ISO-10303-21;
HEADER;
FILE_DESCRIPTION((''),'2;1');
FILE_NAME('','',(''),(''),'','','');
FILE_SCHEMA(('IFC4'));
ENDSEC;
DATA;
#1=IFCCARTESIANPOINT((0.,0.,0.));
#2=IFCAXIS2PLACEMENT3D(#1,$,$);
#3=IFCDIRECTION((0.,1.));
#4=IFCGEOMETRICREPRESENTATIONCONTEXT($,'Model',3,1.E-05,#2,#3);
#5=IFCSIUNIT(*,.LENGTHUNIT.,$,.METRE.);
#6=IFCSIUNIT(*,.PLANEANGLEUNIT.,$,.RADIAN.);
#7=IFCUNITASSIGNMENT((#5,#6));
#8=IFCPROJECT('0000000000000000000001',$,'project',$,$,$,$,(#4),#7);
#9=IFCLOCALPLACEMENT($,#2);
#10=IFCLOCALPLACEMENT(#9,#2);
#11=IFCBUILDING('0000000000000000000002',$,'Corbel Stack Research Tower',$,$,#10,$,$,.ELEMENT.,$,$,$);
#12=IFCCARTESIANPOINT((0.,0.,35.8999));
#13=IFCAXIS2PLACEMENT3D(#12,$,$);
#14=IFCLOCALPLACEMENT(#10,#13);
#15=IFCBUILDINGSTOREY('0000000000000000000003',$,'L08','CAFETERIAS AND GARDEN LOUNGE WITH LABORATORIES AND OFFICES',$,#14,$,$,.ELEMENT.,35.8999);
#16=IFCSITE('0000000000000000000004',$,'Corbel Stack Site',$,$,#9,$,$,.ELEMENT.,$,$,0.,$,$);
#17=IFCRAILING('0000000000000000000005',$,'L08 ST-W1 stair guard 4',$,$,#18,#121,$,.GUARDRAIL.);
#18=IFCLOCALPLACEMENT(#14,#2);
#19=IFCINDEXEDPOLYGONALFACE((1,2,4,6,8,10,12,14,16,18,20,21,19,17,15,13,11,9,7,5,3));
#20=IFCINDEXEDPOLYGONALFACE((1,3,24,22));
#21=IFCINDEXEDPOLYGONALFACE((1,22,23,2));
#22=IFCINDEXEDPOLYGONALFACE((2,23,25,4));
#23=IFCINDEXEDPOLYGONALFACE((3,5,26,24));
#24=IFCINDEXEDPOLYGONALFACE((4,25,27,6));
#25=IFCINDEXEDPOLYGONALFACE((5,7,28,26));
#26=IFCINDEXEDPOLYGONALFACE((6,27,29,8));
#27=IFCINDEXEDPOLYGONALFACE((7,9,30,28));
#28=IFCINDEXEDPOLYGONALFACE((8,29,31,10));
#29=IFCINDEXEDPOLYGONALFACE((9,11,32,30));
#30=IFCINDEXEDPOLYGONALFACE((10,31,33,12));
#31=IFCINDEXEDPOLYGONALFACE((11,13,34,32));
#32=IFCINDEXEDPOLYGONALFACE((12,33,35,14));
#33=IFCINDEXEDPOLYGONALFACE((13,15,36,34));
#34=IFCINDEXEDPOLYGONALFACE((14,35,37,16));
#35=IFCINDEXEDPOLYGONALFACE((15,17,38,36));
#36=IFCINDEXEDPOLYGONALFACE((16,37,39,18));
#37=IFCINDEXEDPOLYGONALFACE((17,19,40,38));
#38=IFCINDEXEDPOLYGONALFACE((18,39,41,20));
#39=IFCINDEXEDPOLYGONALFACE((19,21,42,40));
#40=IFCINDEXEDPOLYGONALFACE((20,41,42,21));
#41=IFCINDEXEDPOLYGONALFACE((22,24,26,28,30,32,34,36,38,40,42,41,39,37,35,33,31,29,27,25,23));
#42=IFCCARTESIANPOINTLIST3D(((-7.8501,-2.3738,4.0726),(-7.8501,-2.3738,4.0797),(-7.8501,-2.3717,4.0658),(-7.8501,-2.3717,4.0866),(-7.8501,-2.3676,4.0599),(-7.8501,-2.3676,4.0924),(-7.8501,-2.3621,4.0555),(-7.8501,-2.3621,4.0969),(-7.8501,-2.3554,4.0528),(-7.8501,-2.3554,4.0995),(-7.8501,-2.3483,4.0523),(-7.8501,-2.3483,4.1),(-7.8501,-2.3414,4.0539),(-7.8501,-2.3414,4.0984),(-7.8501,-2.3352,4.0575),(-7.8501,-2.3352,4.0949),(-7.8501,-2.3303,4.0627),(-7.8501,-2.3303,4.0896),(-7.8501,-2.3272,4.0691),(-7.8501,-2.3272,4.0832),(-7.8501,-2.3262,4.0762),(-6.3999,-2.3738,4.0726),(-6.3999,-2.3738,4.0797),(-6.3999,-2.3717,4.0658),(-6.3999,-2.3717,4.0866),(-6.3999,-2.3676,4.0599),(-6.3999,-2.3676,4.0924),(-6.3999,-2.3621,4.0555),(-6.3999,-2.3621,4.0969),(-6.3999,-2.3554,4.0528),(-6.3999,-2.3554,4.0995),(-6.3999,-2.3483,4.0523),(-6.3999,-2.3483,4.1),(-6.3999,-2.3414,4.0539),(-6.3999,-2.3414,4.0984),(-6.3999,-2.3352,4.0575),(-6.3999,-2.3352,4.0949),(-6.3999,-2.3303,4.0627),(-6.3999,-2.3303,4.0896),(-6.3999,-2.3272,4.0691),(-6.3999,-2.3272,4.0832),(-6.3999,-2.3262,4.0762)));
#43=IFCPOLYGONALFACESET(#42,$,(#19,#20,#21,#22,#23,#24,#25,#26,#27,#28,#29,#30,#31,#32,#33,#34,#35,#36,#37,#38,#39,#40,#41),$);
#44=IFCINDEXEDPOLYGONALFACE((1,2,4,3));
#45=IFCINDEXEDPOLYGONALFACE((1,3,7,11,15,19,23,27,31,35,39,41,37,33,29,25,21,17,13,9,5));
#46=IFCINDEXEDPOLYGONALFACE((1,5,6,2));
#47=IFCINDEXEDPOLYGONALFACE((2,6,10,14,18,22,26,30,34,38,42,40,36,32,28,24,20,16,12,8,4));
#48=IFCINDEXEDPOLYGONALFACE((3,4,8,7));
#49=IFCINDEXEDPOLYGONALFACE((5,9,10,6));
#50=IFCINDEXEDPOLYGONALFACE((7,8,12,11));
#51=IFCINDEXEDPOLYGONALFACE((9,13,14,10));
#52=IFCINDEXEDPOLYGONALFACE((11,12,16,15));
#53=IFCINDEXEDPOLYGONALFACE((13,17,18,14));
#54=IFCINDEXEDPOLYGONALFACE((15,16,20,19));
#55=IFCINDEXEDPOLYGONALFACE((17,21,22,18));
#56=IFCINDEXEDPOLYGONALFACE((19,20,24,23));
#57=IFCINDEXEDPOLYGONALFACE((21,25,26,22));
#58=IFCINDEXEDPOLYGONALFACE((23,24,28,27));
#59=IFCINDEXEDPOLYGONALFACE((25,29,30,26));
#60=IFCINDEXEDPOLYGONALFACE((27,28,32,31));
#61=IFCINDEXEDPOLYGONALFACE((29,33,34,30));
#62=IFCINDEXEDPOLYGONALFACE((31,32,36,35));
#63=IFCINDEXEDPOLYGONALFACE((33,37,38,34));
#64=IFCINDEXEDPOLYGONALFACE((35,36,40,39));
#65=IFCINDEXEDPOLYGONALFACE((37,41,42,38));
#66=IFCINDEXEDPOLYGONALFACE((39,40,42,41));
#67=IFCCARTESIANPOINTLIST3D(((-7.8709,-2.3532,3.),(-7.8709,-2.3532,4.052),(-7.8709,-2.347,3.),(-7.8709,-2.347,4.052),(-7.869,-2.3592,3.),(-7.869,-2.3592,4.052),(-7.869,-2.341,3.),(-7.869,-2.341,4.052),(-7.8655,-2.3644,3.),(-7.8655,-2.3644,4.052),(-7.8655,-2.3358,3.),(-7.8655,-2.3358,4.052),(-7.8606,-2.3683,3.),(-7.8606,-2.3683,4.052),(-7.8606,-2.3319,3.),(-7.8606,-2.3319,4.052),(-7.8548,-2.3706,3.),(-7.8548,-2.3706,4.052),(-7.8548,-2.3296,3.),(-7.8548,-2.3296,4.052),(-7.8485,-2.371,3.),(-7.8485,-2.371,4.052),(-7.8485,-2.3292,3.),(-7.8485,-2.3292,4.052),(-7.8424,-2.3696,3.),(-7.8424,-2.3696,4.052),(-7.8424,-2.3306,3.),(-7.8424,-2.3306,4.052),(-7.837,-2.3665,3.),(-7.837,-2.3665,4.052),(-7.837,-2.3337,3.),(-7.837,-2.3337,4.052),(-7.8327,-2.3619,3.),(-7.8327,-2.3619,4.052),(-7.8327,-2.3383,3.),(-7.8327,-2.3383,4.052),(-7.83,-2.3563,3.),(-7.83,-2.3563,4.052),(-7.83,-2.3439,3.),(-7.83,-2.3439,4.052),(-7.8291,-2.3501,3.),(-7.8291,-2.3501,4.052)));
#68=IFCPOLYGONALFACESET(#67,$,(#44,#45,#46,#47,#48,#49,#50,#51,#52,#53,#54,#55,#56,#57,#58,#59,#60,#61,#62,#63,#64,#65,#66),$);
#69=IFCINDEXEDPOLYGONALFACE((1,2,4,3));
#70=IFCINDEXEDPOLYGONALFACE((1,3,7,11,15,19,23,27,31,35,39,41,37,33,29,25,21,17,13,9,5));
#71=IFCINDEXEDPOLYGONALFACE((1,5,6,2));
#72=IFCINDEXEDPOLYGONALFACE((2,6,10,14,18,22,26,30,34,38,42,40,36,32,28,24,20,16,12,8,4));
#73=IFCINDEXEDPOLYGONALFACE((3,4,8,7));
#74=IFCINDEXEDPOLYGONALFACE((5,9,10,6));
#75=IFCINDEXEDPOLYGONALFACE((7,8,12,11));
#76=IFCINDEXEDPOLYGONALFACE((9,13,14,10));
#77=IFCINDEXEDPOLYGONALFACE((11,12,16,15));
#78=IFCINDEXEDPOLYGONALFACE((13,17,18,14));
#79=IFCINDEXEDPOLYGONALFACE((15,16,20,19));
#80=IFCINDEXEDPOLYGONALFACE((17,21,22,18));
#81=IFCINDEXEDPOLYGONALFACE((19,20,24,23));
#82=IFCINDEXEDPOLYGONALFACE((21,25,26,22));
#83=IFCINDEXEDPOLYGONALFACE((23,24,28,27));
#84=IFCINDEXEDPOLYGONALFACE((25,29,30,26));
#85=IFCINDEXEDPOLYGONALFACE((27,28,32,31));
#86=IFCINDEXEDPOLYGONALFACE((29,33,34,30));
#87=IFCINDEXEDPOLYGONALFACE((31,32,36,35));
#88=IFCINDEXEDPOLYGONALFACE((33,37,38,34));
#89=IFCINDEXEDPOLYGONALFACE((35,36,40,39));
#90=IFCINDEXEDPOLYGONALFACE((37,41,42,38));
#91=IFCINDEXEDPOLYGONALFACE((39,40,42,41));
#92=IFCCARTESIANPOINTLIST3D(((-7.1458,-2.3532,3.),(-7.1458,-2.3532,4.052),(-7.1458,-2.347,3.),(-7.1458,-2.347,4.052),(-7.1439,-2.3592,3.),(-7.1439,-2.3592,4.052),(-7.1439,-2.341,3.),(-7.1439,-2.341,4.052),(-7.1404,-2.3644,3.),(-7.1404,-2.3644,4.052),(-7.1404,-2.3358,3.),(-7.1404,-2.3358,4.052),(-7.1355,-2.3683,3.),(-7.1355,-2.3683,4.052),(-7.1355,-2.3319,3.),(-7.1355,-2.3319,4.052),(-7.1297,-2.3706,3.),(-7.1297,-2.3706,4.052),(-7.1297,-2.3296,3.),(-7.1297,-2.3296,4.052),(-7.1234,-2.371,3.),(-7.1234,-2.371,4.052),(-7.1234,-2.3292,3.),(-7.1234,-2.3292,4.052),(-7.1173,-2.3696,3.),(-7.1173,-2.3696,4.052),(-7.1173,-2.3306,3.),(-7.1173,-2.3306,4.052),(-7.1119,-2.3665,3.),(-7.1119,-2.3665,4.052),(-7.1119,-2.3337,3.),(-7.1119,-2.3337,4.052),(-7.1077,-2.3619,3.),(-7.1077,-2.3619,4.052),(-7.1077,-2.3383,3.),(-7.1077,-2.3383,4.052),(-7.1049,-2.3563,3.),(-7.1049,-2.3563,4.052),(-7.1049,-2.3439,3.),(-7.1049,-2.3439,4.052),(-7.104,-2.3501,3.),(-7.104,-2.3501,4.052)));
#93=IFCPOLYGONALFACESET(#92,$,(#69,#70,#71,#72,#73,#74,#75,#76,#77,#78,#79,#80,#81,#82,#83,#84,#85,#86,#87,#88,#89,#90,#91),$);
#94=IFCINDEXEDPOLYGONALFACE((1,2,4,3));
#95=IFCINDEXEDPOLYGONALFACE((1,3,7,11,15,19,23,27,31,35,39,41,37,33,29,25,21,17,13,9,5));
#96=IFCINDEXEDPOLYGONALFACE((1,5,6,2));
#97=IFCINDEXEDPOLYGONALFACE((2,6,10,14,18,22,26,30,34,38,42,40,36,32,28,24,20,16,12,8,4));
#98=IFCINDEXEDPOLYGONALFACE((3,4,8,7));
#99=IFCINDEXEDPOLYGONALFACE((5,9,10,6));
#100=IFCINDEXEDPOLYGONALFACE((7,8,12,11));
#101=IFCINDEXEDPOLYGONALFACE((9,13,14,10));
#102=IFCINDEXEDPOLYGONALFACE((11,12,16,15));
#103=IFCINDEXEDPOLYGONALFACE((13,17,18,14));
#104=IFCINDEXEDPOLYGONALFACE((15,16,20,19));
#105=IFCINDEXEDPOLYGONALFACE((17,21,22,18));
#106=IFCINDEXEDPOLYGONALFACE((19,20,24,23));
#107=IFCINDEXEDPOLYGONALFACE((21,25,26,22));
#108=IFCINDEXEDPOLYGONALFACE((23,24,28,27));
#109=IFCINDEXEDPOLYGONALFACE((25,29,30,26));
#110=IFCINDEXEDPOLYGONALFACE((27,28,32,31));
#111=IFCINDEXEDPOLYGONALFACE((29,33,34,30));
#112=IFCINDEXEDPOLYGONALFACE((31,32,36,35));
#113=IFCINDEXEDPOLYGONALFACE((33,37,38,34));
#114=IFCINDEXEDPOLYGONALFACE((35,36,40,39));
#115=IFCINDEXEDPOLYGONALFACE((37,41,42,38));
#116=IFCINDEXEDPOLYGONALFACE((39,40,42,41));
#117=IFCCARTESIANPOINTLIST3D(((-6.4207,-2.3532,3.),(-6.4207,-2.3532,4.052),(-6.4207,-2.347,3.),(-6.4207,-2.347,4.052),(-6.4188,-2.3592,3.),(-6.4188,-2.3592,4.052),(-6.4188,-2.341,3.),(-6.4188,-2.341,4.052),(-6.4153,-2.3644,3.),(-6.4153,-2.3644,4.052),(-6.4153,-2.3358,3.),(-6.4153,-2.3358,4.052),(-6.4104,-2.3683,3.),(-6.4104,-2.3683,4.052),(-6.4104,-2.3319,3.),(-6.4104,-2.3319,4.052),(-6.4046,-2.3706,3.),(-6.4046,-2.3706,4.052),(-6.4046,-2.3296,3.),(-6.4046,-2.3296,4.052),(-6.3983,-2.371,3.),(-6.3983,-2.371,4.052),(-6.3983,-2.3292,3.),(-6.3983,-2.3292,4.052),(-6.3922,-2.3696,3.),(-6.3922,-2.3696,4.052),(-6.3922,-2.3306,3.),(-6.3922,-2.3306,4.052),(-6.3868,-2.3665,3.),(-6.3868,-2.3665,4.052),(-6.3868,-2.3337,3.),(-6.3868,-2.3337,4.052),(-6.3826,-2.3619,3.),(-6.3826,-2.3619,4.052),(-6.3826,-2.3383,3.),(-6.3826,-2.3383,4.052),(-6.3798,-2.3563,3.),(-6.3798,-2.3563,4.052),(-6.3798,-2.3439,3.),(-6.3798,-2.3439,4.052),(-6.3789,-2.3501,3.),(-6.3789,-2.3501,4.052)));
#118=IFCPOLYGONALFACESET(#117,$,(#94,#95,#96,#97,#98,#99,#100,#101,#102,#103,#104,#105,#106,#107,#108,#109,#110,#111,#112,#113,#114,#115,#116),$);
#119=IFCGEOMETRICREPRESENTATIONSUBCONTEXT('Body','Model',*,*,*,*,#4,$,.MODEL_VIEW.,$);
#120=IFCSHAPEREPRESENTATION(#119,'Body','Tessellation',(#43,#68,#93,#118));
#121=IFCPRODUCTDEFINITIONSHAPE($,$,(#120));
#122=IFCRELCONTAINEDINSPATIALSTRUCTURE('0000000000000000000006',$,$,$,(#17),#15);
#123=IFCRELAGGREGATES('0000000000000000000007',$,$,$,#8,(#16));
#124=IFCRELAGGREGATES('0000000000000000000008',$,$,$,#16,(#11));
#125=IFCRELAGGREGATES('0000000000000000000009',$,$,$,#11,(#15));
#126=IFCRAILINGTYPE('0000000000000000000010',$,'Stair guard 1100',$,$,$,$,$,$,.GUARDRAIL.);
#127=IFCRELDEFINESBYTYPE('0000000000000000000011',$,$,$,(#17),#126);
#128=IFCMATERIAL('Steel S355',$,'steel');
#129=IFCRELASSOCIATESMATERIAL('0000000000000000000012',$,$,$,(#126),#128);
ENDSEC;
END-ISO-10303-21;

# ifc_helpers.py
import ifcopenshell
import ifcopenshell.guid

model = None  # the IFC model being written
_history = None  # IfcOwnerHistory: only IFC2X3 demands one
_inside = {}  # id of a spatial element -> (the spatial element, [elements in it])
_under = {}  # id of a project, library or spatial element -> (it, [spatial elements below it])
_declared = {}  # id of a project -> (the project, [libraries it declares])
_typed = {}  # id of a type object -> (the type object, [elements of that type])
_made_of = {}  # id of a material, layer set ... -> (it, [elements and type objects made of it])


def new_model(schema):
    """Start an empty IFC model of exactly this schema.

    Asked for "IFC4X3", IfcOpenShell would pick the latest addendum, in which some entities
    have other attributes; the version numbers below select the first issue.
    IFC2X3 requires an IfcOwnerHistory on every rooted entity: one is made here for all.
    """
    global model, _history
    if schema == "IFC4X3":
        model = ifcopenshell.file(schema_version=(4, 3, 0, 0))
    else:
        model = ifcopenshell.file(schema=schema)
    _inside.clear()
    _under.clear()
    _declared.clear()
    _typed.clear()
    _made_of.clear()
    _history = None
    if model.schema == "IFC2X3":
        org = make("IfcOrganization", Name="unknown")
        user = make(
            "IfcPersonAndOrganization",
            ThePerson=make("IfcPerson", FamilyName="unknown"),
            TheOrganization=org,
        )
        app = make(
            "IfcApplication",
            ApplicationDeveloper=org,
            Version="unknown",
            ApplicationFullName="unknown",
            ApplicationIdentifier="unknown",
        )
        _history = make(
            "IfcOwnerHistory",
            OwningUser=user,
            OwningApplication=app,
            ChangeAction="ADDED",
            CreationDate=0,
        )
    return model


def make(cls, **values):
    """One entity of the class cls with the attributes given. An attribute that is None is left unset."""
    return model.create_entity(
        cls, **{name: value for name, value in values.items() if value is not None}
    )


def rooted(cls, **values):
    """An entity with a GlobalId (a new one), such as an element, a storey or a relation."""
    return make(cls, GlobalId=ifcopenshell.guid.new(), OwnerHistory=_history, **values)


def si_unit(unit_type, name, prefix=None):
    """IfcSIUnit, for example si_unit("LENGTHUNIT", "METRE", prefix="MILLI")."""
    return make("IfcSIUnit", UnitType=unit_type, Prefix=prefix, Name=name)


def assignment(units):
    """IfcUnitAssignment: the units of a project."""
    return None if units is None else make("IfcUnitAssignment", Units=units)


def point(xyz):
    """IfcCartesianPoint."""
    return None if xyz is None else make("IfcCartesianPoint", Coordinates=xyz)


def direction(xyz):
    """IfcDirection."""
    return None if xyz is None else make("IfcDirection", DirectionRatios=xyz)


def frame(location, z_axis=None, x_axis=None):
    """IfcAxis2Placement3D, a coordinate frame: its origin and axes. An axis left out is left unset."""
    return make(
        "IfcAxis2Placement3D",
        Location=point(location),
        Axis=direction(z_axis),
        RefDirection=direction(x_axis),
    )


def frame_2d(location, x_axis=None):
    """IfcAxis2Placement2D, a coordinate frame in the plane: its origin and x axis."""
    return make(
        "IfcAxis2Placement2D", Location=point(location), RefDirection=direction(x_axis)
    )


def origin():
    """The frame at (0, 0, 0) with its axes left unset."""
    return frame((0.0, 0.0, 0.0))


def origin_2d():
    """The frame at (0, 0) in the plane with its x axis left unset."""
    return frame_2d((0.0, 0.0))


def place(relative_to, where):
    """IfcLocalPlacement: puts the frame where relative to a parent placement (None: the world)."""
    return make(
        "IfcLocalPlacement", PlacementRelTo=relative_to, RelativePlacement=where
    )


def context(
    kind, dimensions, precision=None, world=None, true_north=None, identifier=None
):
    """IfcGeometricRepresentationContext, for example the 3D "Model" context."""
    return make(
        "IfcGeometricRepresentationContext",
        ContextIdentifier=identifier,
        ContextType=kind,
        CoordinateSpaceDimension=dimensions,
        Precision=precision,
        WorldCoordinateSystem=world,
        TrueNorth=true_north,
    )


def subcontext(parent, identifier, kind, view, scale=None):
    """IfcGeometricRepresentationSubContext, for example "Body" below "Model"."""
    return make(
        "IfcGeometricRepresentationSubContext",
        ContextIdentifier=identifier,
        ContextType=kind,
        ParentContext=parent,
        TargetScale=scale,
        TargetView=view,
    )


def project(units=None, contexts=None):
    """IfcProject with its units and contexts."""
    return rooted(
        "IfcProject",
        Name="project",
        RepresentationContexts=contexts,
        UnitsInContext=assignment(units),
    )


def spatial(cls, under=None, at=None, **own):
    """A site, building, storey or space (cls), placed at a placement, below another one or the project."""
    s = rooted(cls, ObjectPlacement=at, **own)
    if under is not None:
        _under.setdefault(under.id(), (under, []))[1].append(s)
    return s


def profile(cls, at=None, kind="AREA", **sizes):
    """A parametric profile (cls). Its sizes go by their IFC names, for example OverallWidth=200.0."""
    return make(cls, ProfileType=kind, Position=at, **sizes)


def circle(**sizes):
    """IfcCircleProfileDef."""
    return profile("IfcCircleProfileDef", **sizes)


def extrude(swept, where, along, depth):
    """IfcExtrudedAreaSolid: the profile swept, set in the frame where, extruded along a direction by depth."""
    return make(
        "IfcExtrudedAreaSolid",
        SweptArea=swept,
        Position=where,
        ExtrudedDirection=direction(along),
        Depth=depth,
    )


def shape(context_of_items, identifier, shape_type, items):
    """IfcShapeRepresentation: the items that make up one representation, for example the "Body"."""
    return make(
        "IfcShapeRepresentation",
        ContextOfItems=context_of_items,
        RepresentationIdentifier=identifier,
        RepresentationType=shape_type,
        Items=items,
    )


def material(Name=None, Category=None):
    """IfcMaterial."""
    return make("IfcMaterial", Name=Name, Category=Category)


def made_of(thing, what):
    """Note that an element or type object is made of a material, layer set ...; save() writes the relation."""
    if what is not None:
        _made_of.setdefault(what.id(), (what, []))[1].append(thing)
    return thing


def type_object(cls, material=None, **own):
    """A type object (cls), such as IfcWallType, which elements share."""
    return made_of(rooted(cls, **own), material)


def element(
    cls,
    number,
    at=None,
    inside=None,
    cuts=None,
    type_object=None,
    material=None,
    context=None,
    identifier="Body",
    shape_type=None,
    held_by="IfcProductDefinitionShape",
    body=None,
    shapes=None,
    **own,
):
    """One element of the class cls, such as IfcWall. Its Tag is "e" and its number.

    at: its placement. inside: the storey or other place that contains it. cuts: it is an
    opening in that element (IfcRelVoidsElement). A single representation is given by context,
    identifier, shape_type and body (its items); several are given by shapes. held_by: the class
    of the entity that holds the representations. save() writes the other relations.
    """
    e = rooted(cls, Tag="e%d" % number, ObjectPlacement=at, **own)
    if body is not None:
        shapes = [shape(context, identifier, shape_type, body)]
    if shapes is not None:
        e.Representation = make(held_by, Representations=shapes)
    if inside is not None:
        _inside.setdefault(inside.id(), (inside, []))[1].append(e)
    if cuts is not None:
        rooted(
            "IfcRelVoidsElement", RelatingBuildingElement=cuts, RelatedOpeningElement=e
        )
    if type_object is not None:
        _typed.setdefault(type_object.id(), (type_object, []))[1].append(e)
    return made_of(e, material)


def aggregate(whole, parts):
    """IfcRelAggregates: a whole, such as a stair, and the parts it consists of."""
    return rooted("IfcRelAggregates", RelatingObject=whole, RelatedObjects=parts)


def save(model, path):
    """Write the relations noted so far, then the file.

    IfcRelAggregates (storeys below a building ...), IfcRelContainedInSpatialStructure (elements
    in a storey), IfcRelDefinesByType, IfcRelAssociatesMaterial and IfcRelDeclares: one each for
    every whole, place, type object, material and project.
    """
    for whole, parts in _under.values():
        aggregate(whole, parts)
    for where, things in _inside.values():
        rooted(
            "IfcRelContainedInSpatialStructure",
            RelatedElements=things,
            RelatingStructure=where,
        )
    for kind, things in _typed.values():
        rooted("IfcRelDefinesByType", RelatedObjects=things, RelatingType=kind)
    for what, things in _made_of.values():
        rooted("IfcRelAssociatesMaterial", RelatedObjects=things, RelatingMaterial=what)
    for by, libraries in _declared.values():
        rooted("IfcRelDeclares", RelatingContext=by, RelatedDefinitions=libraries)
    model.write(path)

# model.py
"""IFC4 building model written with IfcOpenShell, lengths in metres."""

from ifc_helpers import new_model, si_unit, direction, frame, origin, origin_2d, place, context, subcontext, project, spatial, circle, extrude, material, type_object, element, save


model = new_model("IFC4")

# Units and contexts
model_context = context("Model", 3, precision=1e-05, world=origin(), true_north=direction((0.0, 1.0)))
body_context = subcontext(model_context, "Body", "Model", "MODEL_VIEW")
ifc_project = project(units=[si_unit("LENGTHUNIT", "METRE"), si_unit("PLANEANGLEUNIT", "RADIAN")], contexts=[model_context])

# Site, building, storey
site_placement = place(None, origin())
site = spatial("IfcSite", under=ifc_project, at=site_placement, Name="Corbel Stack Site", CompositionType="ELEMENT", RefElevation=0.0)
building_placement = place(site_placement, origin())
building = spatial("IfcBuilding", under=site, at=building_placement, Name="Corbel Stack Research Tower", CompositionType="ELEMENT")
storey_placement = place(building_placement, frame((0.0, 0.0, 35.8999)))
storey = spatial("IfcBuildingStorey", under=building, at=storey_placement, Name="L08", Description="CAFETERIAS AND GARDEN LOUNGE WITH LABORATORIES AND OFFICES", CompositionType="ELEMENT", Elevation=35.8999)

# Railing
ifc_material_1 = material(Name="Steel S355", Category="steel")
railing_type_1 = type_object("IfcRailingType", Name="Stair guard 1100", PredefinedType="GUARDRAIL", material=ifc_material_1)
railing_1_placement = place(storey_placement, frame((-7.8501, -2.3501, 3.0)))
element("IfcRailing", 1, at=railing_1_placement, inside=storey, type_object=railing_type_1, Name="L08 ST-W1 stair guard 4", PredefinedType="GUARDRAIL", context=body_context, shape_type="SweptSolid", body=[
    extrude(circle(Radius=0.0239, at=origin_2d()), frame((0.0, 0.0, 1.0762), z_axis=(1.0, 0.0, 0.0), x_axis=(0.0, 1.0, 0.0)), (0.0, 0.0, 1.0), 1.4502),
    extrude(circle(Radius=0.021, at=origin_2d()), origin(), (0.0, 0.0, 1.0), 1.052),
    extrude(circle(Radius=0.021, at=origin_2d()), frame((0.7251, 0.0, 0.0)), (0.0, 0.0, 1.0), 1.052),
    extrude(circle(Radius=0.021, at=origin_2d()), frame((1.4502, 0.0, 0.0)), (0.0, 0.0, 1.0), 1.052),
])

save(model, "model.ifc")
